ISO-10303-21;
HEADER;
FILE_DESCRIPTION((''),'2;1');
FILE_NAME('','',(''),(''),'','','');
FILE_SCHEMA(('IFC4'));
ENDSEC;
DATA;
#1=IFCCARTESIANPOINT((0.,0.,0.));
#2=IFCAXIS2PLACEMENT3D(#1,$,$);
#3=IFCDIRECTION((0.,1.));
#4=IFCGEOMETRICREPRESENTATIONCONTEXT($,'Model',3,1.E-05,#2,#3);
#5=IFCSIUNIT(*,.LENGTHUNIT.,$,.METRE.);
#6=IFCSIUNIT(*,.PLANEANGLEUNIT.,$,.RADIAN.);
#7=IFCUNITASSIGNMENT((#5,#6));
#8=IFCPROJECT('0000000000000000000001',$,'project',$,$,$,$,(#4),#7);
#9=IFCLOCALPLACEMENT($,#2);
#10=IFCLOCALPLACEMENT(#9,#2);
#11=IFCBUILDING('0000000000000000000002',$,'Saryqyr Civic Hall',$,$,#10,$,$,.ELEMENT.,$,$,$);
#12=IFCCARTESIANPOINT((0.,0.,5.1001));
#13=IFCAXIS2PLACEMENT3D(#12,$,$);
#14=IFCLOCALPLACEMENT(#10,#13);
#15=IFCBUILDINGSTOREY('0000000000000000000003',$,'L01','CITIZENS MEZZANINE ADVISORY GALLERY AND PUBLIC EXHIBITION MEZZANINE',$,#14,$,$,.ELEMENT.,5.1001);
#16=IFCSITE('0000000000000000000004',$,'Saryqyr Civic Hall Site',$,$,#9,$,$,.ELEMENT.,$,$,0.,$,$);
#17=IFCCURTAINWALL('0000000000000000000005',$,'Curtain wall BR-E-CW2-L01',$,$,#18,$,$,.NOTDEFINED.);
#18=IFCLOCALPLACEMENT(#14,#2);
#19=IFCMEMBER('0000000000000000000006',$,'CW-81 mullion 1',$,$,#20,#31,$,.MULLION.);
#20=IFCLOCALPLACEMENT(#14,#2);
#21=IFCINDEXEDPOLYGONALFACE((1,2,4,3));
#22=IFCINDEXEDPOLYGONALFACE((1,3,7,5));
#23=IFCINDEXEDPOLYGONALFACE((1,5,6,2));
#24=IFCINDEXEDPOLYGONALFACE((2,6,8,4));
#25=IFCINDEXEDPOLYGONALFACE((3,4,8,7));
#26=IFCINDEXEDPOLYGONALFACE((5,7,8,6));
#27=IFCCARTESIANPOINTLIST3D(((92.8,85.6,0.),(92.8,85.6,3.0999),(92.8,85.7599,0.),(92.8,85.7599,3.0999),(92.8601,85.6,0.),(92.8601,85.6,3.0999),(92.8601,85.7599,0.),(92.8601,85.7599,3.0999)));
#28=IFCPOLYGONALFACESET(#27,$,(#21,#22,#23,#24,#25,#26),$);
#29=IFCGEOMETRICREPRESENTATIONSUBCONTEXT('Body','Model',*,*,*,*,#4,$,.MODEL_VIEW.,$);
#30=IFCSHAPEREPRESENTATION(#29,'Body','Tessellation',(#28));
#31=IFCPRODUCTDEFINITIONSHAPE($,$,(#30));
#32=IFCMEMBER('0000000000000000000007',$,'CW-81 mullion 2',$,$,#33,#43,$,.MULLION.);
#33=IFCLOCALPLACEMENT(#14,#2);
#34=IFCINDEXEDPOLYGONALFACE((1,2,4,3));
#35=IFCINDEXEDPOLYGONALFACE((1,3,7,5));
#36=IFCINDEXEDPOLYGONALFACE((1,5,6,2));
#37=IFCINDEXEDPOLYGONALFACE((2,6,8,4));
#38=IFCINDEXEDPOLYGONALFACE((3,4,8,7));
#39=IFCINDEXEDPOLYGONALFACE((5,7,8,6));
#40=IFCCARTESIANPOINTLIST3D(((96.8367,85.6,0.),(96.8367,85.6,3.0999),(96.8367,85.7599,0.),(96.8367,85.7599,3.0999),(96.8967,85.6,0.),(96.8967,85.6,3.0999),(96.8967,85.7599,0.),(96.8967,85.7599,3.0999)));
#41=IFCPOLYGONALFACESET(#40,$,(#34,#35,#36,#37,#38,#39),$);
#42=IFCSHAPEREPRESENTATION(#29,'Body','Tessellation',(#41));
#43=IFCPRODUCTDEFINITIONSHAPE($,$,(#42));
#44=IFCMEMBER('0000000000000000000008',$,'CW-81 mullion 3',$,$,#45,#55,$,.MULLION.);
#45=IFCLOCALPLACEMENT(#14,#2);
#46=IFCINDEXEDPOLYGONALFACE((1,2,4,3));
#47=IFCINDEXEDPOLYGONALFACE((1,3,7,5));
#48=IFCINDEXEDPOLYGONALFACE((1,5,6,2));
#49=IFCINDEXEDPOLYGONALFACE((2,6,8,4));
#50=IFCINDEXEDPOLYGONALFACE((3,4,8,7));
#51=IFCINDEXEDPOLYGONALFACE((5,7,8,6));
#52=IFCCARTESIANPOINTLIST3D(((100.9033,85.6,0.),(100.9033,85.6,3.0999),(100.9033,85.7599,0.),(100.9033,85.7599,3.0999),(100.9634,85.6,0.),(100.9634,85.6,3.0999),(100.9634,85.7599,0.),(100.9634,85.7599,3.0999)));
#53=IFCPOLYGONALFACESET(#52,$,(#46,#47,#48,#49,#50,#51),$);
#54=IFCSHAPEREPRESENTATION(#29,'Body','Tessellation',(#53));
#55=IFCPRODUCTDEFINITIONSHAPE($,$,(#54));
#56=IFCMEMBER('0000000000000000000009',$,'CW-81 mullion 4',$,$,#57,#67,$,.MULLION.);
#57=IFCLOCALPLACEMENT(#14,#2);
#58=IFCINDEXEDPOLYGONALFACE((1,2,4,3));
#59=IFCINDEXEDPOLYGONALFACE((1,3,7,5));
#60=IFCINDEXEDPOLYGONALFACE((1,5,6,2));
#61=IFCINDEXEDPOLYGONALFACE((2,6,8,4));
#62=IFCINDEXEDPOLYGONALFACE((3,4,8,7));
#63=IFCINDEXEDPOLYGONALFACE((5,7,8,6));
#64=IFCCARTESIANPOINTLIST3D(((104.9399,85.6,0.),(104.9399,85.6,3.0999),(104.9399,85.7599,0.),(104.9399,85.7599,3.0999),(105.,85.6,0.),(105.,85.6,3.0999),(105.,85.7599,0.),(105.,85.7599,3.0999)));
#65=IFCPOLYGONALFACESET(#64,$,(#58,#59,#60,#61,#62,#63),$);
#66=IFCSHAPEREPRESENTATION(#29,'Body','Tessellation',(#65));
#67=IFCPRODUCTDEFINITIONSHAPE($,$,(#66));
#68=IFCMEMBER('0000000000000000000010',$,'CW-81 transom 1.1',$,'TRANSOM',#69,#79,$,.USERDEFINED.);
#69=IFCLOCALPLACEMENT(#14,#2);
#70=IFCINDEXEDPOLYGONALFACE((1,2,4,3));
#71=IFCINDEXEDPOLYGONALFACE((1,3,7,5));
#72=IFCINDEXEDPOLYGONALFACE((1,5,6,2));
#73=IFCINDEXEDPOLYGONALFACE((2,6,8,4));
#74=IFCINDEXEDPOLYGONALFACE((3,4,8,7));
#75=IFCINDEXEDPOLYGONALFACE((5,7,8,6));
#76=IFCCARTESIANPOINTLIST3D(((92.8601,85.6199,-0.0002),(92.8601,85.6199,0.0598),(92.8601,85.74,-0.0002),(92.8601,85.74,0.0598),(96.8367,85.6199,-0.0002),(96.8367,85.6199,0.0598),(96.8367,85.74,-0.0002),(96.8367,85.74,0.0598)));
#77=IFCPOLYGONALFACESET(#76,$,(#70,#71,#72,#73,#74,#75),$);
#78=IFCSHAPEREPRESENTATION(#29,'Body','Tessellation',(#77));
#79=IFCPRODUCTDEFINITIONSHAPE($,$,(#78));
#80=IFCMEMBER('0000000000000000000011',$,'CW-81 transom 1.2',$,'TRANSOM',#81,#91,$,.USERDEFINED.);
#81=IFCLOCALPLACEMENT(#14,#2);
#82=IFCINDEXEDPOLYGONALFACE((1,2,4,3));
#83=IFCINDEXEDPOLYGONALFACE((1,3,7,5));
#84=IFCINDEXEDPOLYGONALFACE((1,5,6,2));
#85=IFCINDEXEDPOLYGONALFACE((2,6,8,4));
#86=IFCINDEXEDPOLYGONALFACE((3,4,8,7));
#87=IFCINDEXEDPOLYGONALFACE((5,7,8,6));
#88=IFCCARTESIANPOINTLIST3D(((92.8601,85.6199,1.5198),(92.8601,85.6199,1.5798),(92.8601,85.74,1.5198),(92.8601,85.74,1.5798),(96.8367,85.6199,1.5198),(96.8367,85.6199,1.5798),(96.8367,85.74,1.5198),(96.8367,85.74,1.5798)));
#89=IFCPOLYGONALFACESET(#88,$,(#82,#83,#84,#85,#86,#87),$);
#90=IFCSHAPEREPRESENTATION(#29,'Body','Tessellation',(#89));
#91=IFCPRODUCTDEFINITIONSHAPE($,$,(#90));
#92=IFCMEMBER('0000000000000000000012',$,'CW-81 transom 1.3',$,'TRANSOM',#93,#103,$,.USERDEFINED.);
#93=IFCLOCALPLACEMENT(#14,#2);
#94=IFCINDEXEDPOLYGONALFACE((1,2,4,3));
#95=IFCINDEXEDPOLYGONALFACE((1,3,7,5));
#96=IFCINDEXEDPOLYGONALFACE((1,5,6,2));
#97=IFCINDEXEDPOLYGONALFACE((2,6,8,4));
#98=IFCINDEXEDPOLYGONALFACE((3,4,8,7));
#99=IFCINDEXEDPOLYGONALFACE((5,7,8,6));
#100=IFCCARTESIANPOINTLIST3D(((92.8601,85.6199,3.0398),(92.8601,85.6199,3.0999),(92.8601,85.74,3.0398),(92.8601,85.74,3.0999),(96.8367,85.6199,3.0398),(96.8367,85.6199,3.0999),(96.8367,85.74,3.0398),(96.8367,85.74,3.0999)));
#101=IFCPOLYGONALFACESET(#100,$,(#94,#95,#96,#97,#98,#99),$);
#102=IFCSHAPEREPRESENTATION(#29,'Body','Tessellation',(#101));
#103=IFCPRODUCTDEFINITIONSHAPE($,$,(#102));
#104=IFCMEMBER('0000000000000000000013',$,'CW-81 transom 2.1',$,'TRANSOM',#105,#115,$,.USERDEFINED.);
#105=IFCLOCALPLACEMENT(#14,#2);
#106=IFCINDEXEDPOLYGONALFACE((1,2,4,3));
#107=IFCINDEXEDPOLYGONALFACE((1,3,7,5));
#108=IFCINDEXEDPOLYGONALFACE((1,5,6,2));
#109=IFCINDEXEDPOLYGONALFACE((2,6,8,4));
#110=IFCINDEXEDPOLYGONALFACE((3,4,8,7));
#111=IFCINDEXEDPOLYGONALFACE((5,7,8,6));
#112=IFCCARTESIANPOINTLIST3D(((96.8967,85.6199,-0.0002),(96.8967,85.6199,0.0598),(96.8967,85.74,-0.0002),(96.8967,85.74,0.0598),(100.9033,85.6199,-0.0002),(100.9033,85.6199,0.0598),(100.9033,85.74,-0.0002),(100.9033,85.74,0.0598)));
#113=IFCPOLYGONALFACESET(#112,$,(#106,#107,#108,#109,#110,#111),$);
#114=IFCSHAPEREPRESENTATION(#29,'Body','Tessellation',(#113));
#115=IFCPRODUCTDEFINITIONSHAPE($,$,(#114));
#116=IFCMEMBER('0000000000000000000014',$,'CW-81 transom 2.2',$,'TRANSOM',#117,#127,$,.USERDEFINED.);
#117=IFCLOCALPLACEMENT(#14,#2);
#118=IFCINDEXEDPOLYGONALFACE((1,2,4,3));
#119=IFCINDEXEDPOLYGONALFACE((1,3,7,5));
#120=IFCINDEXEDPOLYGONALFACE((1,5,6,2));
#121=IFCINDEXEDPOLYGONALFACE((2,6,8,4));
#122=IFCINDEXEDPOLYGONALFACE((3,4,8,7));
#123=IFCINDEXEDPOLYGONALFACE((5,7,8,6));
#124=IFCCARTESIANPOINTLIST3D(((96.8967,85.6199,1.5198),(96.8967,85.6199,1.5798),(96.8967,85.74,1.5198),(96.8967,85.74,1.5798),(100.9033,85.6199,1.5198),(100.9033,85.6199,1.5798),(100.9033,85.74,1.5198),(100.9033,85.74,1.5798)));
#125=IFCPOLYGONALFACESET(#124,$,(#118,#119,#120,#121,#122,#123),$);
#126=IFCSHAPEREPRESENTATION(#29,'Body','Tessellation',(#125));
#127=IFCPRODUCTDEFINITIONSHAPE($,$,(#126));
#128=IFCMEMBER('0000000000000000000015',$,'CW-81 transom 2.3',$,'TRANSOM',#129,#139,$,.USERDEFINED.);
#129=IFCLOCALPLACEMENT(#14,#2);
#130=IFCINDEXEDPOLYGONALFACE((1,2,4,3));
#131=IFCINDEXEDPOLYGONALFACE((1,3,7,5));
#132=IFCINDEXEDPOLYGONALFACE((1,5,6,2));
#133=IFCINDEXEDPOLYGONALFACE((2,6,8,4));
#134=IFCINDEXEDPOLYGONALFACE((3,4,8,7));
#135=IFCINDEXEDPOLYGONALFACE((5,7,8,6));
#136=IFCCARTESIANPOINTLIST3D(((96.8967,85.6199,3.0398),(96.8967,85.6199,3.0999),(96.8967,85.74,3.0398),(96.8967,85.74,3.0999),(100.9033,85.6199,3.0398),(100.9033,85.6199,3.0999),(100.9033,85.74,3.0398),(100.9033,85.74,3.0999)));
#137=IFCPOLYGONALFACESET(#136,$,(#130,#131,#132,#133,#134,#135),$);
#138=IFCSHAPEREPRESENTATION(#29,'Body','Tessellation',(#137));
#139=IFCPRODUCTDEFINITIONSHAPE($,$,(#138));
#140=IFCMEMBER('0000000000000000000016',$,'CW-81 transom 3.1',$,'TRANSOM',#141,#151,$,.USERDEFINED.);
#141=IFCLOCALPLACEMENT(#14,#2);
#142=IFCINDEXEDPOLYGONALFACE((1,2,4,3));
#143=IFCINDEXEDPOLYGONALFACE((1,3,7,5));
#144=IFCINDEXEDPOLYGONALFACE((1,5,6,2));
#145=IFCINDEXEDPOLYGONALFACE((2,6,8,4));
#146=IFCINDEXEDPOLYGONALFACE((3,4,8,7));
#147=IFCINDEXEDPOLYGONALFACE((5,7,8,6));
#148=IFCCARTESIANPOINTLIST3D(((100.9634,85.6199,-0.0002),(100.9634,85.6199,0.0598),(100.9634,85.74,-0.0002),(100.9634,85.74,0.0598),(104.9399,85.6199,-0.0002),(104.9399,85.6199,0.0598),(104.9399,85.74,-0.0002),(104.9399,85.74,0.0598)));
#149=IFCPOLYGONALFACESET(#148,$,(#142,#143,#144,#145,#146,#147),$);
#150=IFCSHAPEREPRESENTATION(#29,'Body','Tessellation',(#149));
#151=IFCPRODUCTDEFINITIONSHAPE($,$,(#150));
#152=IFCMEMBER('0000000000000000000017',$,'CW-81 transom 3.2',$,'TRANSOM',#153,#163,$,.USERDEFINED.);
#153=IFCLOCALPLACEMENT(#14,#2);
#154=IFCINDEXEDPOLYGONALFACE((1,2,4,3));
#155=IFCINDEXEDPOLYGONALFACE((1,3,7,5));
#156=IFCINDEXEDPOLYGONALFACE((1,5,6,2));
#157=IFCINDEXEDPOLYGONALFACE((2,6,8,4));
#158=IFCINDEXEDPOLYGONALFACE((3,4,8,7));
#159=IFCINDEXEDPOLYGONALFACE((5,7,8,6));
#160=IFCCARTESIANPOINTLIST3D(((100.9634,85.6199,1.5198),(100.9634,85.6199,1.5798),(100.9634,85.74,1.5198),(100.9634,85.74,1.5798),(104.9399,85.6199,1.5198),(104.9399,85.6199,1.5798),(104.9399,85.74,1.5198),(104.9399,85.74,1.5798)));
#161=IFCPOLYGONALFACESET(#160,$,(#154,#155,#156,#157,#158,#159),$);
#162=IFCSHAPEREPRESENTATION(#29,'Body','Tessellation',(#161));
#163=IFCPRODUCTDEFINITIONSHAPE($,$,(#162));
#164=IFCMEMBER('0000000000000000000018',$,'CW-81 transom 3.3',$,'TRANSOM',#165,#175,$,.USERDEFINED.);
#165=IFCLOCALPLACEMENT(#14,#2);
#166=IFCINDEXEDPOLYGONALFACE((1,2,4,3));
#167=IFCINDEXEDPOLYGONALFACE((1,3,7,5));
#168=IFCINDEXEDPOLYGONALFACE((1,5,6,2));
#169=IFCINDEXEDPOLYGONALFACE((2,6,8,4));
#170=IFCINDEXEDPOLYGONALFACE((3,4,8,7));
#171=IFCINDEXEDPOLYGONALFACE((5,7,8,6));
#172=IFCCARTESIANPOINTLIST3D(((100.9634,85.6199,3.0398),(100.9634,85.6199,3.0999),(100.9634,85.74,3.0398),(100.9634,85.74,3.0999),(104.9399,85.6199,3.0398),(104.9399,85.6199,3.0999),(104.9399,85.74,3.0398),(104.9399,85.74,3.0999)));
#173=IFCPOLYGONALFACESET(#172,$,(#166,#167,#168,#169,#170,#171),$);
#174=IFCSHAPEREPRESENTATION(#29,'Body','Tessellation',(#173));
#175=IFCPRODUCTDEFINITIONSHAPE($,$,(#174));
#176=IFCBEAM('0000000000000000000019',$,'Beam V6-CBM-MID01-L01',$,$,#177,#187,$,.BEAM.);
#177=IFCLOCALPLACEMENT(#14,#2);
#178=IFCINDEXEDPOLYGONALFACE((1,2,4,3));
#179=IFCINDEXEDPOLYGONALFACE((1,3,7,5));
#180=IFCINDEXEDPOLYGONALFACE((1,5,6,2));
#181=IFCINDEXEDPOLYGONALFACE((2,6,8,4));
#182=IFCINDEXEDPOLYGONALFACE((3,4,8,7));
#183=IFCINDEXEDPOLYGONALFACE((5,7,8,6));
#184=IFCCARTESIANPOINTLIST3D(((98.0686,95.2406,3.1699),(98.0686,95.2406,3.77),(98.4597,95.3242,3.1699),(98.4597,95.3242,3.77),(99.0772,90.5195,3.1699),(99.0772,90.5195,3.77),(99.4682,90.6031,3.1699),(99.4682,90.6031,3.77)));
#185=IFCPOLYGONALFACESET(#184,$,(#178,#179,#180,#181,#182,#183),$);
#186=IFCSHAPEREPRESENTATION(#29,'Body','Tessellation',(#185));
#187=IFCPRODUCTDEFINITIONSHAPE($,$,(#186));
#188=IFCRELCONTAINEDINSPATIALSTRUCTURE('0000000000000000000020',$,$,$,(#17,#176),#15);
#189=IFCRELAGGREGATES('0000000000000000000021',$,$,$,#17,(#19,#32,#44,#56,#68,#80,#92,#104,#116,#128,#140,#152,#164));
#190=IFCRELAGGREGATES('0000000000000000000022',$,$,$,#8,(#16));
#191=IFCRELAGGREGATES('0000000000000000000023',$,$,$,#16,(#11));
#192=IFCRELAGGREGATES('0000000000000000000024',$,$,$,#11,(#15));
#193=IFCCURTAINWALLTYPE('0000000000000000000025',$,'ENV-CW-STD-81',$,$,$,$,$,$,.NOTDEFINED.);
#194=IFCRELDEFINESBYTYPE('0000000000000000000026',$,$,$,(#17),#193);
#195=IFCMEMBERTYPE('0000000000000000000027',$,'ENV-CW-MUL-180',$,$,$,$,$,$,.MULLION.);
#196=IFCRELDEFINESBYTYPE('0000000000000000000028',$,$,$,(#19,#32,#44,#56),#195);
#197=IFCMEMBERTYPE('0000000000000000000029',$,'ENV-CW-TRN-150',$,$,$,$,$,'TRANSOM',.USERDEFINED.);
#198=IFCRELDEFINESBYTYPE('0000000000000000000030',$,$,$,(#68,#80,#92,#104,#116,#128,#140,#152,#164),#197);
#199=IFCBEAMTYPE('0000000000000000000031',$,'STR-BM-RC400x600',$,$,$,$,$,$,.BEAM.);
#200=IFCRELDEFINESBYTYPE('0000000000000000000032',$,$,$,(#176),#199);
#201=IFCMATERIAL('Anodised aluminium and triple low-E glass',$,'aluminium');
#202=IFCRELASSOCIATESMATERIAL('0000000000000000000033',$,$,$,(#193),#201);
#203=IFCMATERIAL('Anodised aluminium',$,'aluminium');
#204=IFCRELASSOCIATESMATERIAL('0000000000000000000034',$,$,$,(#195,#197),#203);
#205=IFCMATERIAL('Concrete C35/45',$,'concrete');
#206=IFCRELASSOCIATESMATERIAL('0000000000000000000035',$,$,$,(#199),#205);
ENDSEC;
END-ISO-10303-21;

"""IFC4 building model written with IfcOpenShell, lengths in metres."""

from ifc_helpers import new_model, si_unit, direction, frame, origin, origin_2d, place, context, subcontext, project, spatial, rectangle, extrude, material, material_profile, profile_set, type_object, element, aggregate, save


model = new_model("IFC4")

# Units and contexts
model_context = context("Model", 3, precision=1e-05, world=origin(), true_north=direction((0.0, 1.0)))
body_context = subcontext(model_context, "Body", "Model", "MODEL_VIEW")
ifc_project = project(units=[si_unit("LENGTHUNIT", "METRE"), si_unit("PLANEANGLEUNIT", "RADIAN")], contexts=[model_context])

# Site, building, storey
site_placement = place(None, origin())
site = spatial("IfcSite", under=ifc_project, at=site_placement, Name="Saryqyr Civic Hall Site", CompositionType="ELEMENT", RefElevation=0.0)
building_placement = place(site_placement, origin())
building = spatial("IfcBuilding", under=site, at=building_placement, Name="Saryqyr Civic Hall", CompositionType="ELEMENT")
storey_placement = place(building_placement, frame((0.0, 0.0, 5.1001)))
storey = spatial("IfcBuildingStorey", under=building, at=storey_placement, Name="L01", Description="CITIZENS MEZZANINE ADVISORY GALLERY AND PUBLIC EXHIBITION MEZZANINE", CompositionType="ELEMENT", Elevation=5.1001)

# Curtain wall, members
ifc_material_1 = material(Name="Anodised aluminium and triple low-E glass", Category="aluminium")
curtain_wall_type = type_object("IfcCurtainWallType", Name="ENV-CW-STD-81", PredefinedType="NOTDEFINED", material=ifc_material_1)
curtain_wall_placement = place(storey_placement, origin())
curtain_wall = element("IfcCurtainWall", 1, at=curtain_wall_placement, inside=storey, type_object=curtain_wall_type, Name="Curtain wall BR-E-CW2-L01", PredefinedType="NOTDEFINED")
ifc_material_2 = material(Name="Anodised aluminium", Category="aluminium")
ifc_material_profile_1 = material_profile(ifc_material_2, rectangle(XDim=0.0601, YDim=0.1599, at=origin_2d()), Name="ALU MULLION 60x160")
ifc_profile_set_1 = profile_set([ifc_material_profile_1], Name="Anodised aluminium")
member_type_1 = type_object("IfcMemberType", Name="ENV-CW-MUL-180", PredefinedType="MULLION", material=ifc_profile_set_1)
member_1_placement = place(storey_placement, frame((92.8301, 85.6799, 0.0), z_axis=(0.0, 0.0, 1.0), x_axis=(1.0, 0.0, 0.0)))
member_1 = element("IfcMember", 2, at=member_1_placement, type_object=member_type_1, Name="CW-81 mullion 1", PredefinedType="MULLION", context=body_context, shape_type="SweptSolid", body=[
    extrude(rectangle(XDim=0.0601, YDim=0.1599, at=origin_2d()), origin(), (0.0, 0.0, 1.0), 3.0999),
])
member_2_placement = place(storey_placement, frame((96.8667, 85.6799, 0.0), z_axis=(0.0, 0.0, 1.0), x_axis=(1.0, 0.0, 0.0)))
member_2 = element("IfcMember", 3, at=member_2_placement, type_object=member_type_1, Name="CW-81 mullion 2", PredefinedType="MULLION", context=body_context, shape_type="SweptSolid", body=[
    extrude(rectangle(XDim=0.0601, YDim=0.1599, at=origin_2d()), origin(), (0.0, 0.0, 1.0), 3.0999),
])
member_3_placement = place(storey_placement, frame((100.9333, 85.6799, 0.0), z_axis=(0.0, 0.0, 1.0), x_axis=(1.0, 0.0, 0.0)))
member_3 = element("IfcMember", 4, at=member_3_placement, type_object=member_type_1, Name="CW-81 mullion 3", PredefinedType="MULLION", context=body_context, shape_type="SweptSolid", body=[
    extrude(rectangle(XDim=0.0601, YDim=0.1599, at=origin_2d()), origin(), (0.0, 0.0, 1.0), 3.0999),
])
member_4_placement = place(storey_placement, frame((104.97, 85.6799, 0.0), z_axis=(0.0, 0.0, 1.0), x_axis=(1.0, 0.0, 0.0)))
member_4 = element("IfcMember", 5, at=member_4_placement, type_object=member_type_1, Name="CW-81 mullion 4", PredefinedType="MULLION", context=body_context, shape_type="SweptSolid", body=[
    extrude(rectangle(XDim=0.0601, YDim=0.1599, at=origin_2d()), origin(), (0.0, 0.0, 1.0), 3.0999),
])
ifc_material_profile_2 = material_profile(ifc_material_2, rectangle(XDim=0.1201, YDim=0.0601, at=origin_2d()), Name="ALU TRANSOM 120x60")
ifc_profile_set_2 = profile_set([ifc_material_profile_2], Name="Anodised aluminium")
member_type_2 = type_object("IfcMemberType", Name="ENV-CW-TRN-150", ElementType="TRANSOM", PredefinedType="USERDEFINED", material=ifc_profile_set_2)
member_5_placement = place(storey_placement, frame((92.8601, 85.6799, 0.0298), z_axis=(1.0, 0.0, 0.0), x_axis=(0.0, 1.0, 0.0)))
member_5 = element("IfcMember", 6, at=member_5_placement, type_object=member_type_2, Name="CW-81 transom 1.1", ObjectType="TRANSOM", PredefinedType="USERDEFINED", context=body_context, shape_type="SweptSolid", body=[
    extrude(rectangle(XDim=0.1201, YDim=0.0601, at=origin_2d()), origin(), (0.0, 0.0, 1.0), 3.9766),
])
member_6_placement = place(storey_placement, frame((92.8601, 85.6799, 1.5498), z_axis=(1.0, 0.0, 0.0), x_axis=(0.0, 1.0, 0.0)))
member_6 = element("IfcMember", 7, at=member_6_placement, type_object=member_type_2, Name="CW-81 transom 1.2", ObjectType="TRANSOM", PredefinedType="USERDEFINED", context=body_context, shape_type="SweptSolid", body=[
    extrude(rectangle(XDim=0.1201, YDim=0.0601, at=origin_2d()), origin(), (0.0, 0.0, 1.0), 3.9766),
])
member_7_placement = place(storey_placement, frame((92.8601, 85.6799, 3.0698), z_axis=(1.0, 0.0, 0.0), x_axis=(0.0, 1.0, 0.0)))
member_7 = element("IfcMember", 8, at=member_7_placement, type_object=member_type_2, Name="CW-81 transom 1.3", ObjectType="TRANSOM", PredefinedType="USERDEFINED", context=body_context, shape_type="SweptSolid", body=[
    extrude(rectangle(XDim=0.1201, YDim=0.0601, at=origin_2d()), origin(), (0.0, 0.0, 1.0), 3.9766),
])
member_8_placement = place(storey_placement, frame((96.8967, 85.6799, 0.0298), z_axis=(1.0, 0.0, 0.0), x_axis=(0.0, 1.0, 0.0)))
member_8 = element("IfcMember", 9, at=member_8_placement, type_object=member_type_2, Name="CW-81 transom 2.1", ObjectType="TRANSOM", PredefinedType="USERDEFINED", context=body_context, shape_type="SweptSolid", body=[
    extrude(rectangle(XDim=0.1201, YDim=0.0601, at=origin_2d()), origin(), (0.0, 0.0, 1.0), 4.0066),
])
member_9_placement = place(storey_placement, frame((96.8967, 85.6799, 1.5498), z_axis=(1.0, 0.0, 0.0), x_axis=(0.0, 1.0, 0.0)))
member_9 = element("IfcMember", 10, at=member_9_placement, type_object=member_type_2, Name="CW-81 transom 2.2", ObjectType="TRANSOM", PredefinedType="USERDEFINED", context=body_context, shape_type="SweptSolid", body=[
    extrude(rectangle(XDim=0.1201, YDim=0.0601, at=origin_2d()), origin(), (0.0, 0.0, 1.0), 4.0066),
])
member_10_placement = place(storey_placement, frame((96.8967, 85.6799, 3.0698), z_axis=(1.0, 0.0, 0.0), x_axis=(0.0, 1.0, 0.0)))
member_10 = element("IfcMember", 11, at=member_10_placement, type_object=member_type_2, Name="CW-81 transom 2.3", ObjectType="TRANSOM", PredefinedType="USERDEFINED", context=body_context, shape_type="SweptSolid", body=[
    extrude(rectangle(XDim=0.1201, YDim=0.0601, at=origin_2d()), origin(), (0.0, 0.0, 1.0), 4.0066),
])
member_11_placement = place(storey_placement, frame((100.9634, 85.6799, 0.0298), z_axis=(1.0, 0.0, 0.0), x_axis=(0.0, 1.0, 0.0)))
member_11 = element("IfcMember", 12, at=member_11_placement, type_object=member_type_2, Name="CW-81 transom 3.1", ObjectType="TRANSOM", PredefinedType="USERDEFINED", context=body_context, shape_type="SweptSolid", body=[
    extrude(rectangle(XDim=0.1201, YDim=0.0601, at=origin_2d()), origin(), (0.0, 0.0, 1.0), 3.9766),
])
member_12_placement = place(storey_placement, frame((100.9634, 85.6799, 1.5498), z_axis=(1.0, 0.0, 0.0), x_axis=(0.0, 1.0, 0.0)))
member_12 = element("IfcMember", 13, at=member_12_placement, type_object=member_type_2, Name="CW-81 transom 3.2", ObjectType="TRANSOM", PredefinedType="USERDEFINED", context=body_context, shape_type="SweptSolid", body=[
    extrude(rectangle(XDim=0.1201, YDim=0.0601, at=origin_2d()), origin(), (0.0, 0.0, 1.0), 3.9766),
])
member_13_placement = place(storey_placement, frame((100.9634, 85.6799, 3.0698), z_axis=(1.0, 0.0, 0.0), x_axis=(0.0, 1.0, 0.0)))
member_13 = element("IfcMember", 14, at=member_13_placement, type_object=member_type_2, Name="CW-81 transom 3.3", ObjectType="TRANSOM", PredefinedType="USERDEFINED", context=body_context, shape_type="SweptSolid", body=[
    extrude(rectangle(XDim=0.1201, YDim=0.0601, at=origin_2d()), origin(), (0.0, 0.0, 1.0), 3.9766),
])

# Beam
ifc_material_3 = material(Name="Concrete C35/45", Category="concrete")
ifc_material_profile_3 = material_profile(ifc_material_3, rectangle(XDim=0.3999, YDim=0.6001, at=origin_2d()), Name="RC 400x600")
ifc_profile_set_3 = profile_set([ifc_material_profile_3], Name="Concrete C35/45")
beam_type_1 = type_object("IfcBeamType", Name="STR-BM-RC400x600", PredefinedType="BEAM", material=ifc_profile_set_3)
beam_1_placement = place(storey_placement, frame((99.2727, 90.5613, 3.47), z_axis=(-0.208907, 0.977935, 0.0), x_axis=(-0.977935, -0.208907, 0.0)))
element("IfcBeam", 15, at=beam_1_placement, inside=storey, type_object=beam_type_1, Name="Beam V6-CBM-MID01-L01", PredefinedType="BEAM", context=body_context, shape_type="SweptSolid", body=[
    extrude(rectangle(XDim=0.3999, YDim=0.6001, at=origin_2d()), origin(), (0.0, 0.0, 1.0), 4.8276),
])

aggregate(curtain_wall, [member_1, member_2, member_3, member_4, member_5, member_6, member_7, member_8, member_9, member_10, member_11, member_12, member_13])

save(model, "model.ifc")
